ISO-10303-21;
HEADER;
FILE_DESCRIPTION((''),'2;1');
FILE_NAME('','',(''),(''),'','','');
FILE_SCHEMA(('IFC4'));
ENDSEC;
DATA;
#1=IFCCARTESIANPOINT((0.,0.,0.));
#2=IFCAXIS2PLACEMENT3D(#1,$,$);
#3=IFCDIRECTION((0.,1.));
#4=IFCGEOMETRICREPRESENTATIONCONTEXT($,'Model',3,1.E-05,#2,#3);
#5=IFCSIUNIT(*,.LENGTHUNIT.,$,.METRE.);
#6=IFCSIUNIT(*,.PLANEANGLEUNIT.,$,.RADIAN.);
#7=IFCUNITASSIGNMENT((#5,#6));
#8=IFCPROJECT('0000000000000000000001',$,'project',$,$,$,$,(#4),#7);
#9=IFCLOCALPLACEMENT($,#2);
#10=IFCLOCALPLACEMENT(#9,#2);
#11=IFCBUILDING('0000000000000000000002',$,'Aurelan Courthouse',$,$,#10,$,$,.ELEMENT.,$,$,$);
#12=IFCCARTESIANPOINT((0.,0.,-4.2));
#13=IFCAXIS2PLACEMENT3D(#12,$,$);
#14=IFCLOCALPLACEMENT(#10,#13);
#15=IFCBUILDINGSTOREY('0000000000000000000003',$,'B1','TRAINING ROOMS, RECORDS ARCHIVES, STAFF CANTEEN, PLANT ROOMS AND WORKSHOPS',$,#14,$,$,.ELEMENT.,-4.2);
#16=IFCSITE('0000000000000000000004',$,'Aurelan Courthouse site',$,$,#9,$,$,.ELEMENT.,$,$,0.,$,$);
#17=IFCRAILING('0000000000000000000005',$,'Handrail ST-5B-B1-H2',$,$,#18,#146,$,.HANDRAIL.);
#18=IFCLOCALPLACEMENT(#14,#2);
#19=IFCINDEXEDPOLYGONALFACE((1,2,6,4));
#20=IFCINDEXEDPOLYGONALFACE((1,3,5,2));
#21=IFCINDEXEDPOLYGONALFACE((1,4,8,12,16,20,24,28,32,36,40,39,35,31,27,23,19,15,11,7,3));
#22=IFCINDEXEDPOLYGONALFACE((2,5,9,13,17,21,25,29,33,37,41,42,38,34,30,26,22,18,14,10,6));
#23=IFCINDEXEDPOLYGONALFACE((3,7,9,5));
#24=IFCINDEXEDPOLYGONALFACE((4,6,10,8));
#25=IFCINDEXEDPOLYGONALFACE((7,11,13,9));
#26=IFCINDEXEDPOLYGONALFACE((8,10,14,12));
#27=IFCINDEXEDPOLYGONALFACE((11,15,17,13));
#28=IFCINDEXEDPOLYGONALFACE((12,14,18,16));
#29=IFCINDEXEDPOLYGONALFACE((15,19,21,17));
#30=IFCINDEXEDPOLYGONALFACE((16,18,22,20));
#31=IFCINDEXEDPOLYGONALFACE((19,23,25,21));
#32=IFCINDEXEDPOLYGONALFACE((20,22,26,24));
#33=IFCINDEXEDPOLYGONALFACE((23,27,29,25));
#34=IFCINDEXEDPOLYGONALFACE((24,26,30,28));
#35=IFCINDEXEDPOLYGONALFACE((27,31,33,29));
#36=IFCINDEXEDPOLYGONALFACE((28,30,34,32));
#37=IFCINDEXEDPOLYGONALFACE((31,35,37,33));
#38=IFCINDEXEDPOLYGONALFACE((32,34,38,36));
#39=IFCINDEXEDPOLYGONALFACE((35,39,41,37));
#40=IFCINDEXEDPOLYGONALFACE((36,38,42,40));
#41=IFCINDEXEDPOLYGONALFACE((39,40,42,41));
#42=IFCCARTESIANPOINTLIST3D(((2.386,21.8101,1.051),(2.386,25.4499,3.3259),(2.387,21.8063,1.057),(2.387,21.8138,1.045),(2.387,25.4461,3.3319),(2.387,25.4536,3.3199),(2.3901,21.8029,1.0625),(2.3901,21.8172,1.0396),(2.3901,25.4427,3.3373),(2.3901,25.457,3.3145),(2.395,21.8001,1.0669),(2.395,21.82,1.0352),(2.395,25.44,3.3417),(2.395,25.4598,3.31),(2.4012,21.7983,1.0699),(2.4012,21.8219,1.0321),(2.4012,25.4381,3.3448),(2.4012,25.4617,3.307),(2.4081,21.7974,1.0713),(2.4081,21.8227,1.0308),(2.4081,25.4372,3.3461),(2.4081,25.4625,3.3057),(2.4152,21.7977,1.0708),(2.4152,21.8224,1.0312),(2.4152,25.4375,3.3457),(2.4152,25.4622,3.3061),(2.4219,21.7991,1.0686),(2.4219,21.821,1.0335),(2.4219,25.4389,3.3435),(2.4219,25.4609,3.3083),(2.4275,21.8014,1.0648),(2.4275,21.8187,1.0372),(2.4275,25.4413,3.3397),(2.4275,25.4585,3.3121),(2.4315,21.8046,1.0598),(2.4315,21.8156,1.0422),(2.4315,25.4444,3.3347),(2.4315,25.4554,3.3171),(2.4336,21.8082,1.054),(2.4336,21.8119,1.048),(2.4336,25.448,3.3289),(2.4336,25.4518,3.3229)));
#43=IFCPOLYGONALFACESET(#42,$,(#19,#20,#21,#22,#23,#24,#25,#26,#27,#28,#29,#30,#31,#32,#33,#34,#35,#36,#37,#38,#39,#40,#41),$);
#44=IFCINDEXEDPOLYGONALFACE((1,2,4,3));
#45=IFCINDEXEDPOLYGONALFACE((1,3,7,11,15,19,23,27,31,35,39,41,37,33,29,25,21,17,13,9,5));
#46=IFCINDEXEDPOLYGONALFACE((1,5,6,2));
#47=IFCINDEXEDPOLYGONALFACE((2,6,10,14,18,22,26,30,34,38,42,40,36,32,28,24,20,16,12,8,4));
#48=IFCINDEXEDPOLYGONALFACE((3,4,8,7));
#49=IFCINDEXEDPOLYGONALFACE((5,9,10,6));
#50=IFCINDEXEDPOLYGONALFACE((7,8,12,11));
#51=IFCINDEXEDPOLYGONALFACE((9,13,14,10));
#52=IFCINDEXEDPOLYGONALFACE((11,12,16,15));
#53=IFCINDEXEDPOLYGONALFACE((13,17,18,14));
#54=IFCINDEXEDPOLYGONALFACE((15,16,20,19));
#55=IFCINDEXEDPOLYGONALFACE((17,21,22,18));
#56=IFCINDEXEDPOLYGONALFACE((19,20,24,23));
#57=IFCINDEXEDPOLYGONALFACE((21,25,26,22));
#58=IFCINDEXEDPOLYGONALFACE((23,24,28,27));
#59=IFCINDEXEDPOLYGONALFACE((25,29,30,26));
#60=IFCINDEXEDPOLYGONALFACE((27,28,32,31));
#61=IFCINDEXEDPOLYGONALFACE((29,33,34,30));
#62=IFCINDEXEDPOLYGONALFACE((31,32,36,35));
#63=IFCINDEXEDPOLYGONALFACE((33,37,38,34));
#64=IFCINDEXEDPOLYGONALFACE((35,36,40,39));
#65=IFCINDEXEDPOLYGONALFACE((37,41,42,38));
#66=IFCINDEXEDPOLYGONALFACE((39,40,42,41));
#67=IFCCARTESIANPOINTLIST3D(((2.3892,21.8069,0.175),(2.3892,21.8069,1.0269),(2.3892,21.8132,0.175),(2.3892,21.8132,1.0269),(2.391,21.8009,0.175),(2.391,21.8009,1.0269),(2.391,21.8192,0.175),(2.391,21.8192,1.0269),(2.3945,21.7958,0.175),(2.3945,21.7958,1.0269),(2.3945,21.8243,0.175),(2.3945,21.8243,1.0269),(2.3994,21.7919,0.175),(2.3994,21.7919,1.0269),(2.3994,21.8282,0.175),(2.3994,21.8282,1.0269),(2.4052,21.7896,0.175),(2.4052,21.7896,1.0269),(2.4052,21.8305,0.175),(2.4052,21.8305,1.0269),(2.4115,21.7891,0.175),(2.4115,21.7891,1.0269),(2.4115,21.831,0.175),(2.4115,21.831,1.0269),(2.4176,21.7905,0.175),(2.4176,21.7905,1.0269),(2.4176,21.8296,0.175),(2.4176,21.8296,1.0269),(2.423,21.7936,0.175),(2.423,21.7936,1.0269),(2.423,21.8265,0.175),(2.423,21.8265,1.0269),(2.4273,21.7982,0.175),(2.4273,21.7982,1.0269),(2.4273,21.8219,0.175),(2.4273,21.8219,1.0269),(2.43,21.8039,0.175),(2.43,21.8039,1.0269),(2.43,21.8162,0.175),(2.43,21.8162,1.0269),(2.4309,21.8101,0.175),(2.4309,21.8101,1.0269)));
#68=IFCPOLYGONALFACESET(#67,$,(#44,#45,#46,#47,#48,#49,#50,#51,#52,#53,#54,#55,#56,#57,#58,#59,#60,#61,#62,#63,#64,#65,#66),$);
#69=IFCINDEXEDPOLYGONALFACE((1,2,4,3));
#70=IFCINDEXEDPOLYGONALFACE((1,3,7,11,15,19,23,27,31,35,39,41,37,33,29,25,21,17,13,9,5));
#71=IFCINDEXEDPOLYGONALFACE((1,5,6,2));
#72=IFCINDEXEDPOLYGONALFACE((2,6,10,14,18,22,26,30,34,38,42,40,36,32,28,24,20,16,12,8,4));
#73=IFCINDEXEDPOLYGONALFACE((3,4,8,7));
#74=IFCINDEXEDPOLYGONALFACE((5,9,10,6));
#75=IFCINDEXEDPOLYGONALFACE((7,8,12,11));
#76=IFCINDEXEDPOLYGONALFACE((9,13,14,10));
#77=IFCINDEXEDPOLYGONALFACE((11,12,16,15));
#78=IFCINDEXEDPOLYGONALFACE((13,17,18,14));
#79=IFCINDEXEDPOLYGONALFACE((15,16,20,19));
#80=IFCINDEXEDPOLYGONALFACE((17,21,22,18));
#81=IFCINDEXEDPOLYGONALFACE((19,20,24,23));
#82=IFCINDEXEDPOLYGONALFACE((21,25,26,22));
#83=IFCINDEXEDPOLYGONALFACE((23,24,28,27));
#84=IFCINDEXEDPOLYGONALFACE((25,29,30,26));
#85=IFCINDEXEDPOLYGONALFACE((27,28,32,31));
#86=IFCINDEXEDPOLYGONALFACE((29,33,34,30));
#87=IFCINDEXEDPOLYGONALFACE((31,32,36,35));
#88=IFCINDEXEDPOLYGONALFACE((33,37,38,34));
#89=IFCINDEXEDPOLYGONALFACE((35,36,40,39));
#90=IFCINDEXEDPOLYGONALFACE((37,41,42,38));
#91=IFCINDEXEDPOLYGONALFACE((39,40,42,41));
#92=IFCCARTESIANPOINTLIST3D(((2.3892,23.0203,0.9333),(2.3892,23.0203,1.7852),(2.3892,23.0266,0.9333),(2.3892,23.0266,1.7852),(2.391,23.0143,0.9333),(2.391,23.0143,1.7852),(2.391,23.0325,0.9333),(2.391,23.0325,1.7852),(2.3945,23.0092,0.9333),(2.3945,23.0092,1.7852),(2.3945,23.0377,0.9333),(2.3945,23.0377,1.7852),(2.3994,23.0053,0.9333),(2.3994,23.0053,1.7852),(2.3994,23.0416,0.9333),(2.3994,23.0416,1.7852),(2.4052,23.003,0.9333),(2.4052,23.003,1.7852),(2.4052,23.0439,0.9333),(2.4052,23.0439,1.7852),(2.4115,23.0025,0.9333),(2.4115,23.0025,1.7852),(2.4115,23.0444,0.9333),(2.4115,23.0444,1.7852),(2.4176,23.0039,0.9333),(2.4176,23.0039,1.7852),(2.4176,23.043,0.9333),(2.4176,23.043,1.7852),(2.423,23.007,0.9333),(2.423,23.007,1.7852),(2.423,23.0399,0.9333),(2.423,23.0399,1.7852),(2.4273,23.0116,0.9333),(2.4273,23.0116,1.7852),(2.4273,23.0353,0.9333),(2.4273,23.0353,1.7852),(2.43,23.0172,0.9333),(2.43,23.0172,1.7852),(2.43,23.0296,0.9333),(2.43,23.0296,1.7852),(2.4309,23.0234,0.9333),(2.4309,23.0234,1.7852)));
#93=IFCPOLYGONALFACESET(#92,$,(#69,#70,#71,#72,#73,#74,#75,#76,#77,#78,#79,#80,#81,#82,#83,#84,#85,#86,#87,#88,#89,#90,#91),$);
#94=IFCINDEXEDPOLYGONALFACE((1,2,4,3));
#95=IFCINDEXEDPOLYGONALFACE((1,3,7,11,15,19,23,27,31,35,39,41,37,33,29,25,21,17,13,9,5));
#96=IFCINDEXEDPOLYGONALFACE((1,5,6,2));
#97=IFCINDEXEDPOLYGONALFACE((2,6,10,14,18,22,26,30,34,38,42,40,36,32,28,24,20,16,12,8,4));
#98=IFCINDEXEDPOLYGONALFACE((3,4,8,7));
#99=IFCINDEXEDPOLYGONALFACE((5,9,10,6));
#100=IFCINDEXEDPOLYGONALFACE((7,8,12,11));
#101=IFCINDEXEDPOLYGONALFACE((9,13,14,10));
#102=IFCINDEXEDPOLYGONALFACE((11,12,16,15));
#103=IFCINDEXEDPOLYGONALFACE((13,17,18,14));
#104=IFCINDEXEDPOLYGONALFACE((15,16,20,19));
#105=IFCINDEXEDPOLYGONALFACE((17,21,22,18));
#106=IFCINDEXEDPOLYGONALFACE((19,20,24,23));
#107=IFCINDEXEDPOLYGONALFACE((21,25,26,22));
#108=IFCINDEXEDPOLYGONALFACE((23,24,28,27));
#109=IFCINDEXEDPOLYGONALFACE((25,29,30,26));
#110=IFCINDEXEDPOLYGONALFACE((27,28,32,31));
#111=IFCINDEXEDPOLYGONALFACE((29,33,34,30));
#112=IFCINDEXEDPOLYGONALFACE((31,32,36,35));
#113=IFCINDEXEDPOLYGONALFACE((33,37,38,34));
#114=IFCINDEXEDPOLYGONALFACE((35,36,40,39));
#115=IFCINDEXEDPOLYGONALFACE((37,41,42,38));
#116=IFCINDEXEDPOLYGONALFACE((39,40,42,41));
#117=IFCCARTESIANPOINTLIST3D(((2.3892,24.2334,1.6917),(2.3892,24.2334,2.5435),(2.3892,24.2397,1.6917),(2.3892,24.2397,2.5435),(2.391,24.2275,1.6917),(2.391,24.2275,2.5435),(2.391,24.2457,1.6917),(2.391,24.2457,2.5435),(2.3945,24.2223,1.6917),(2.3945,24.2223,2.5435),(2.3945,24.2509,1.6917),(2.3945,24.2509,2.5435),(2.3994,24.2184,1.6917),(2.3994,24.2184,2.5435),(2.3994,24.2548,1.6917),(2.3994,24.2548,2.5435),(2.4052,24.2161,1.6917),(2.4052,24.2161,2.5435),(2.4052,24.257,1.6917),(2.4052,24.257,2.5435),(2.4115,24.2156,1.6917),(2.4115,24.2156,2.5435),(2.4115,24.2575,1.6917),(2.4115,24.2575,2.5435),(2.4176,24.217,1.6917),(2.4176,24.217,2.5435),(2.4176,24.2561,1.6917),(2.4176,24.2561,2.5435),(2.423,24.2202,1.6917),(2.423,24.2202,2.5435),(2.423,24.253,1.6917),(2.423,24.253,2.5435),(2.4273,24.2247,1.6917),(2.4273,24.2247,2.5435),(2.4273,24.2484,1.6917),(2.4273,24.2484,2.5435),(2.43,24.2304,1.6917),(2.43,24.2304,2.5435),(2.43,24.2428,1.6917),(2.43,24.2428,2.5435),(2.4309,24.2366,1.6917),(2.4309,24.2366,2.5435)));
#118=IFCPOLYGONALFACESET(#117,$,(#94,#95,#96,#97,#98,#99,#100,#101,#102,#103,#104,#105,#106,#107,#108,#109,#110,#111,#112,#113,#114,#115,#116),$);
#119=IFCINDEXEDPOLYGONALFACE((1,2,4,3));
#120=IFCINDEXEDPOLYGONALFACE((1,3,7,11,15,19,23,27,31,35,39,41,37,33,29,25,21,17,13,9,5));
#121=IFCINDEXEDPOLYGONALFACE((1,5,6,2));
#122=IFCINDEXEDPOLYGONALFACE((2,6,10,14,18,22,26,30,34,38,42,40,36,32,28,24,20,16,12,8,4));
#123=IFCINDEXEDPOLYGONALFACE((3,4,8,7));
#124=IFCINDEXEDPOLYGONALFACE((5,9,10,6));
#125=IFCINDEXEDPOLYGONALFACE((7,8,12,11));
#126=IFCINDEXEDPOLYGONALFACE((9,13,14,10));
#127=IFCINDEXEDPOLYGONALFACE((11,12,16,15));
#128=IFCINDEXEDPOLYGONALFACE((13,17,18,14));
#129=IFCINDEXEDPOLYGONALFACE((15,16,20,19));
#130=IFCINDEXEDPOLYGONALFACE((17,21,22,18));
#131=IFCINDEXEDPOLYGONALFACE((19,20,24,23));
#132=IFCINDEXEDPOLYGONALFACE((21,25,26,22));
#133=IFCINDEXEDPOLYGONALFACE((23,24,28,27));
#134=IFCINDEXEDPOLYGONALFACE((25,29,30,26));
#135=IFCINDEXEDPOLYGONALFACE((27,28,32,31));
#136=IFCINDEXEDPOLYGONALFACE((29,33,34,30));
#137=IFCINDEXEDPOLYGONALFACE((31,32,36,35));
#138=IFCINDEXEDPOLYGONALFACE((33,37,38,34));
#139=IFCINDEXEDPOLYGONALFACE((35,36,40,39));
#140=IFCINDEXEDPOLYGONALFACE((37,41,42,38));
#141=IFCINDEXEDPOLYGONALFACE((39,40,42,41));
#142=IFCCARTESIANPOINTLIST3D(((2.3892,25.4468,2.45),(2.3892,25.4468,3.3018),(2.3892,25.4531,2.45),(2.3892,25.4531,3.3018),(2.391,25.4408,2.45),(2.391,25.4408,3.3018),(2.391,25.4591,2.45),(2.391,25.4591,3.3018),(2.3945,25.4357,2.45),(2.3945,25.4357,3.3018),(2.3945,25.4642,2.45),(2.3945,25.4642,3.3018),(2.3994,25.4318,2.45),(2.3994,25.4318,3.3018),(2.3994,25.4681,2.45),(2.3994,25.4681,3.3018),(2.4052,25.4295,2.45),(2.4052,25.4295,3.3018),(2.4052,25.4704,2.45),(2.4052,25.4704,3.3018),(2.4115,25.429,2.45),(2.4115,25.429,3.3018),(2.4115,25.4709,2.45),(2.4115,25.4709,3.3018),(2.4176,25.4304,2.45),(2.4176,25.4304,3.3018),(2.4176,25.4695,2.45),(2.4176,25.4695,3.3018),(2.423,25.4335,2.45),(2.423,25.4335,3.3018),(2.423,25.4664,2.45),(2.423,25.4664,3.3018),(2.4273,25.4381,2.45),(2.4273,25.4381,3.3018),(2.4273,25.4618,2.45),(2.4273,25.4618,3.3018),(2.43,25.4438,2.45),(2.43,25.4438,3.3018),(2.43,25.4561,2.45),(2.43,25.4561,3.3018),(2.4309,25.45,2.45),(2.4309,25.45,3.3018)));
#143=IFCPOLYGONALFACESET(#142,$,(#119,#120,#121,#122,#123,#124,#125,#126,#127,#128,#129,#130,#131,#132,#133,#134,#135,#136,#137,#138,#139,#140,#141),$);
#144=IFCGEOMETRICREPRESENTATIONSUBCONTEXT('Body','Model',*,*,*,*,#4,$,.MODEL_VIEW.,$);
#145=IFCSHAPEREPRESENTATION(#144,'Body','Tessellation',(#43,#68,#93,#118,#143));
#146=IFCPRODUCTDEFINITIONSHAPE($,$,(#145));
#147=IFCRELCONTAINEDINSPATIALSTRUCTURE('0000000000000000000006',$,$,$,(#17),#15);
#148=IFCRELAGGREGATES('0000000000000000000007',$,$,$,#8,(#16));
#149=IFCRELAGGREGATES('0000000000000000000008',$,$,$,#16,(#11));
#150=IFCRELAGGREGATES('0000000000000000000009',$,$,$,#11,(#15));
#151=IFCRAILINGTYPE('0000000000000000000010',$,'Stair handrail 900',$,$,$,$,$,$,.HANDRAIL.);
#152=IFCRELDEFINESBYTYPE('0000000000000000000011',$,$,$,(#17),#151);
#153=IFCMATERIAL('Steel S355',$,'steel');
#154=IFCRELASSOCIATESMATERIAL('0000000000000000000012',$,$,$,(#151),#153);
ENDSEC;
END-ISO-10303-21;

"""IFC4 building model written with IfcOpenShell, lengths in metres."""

from ifc_helpers import new_model, si_unit, direction, frame, origin, origin_2d, place, context, subcontext, project, spatial, circle, extrude, material, type_object, element, save


model = new_model("IFC4")

# Units and contexts
model_context = context("Model", 3, precision=1e-05, world=origin(), true_north=direction((0.0, 1.0)))
body_context = subcontext(model_context, "Body", "Model", "MODEL_VIEW")
ifc_project = project(units=[si_unit("LENGTHUNIT", "METRE"), si_unit("PLANEANGLEUNIT", "RADIAN")], contexts=[model_context])

# Site, building, storey
site_placement = place(None, origin())
site = spatial("IfcSite", under=ifc_project, at=site_placement, Name="Aurelan Courthouse site", CompositionType="ELEMENT", RefElevation=0.0)
building_placement = place(site_placement, origin())
building = spatial("IfcBuilding", under=site, at=building_placement, Name="Aurelan Courthouse", CompositionType="ELEMENT")
storey_placement = place(building_placement, frame((0.0, 0.0, -4.2)))
storey = spatial("IfcBuildingStorey", under=building, at=storey_placement, Name="B1", Description="TRAINING ROOMS, RECORDS ARCHIVES, STAFF CANTEEN, PLANT ROOMS AND WORKSHOPS", CompositionType="ELEMENT", Elevation=-4.2)

# Railing
ifc_material_1 = material(Name="Steel S355", Category="steel")
railing_type = type_object("IfcRailingType", Name="Stair handrail 900", PredefinedType="HANDRAIL", material=ifc_material_1)
for number, where, name in (
    (1, (2.4099, 21.8101, 0.175), "Handrail ST-5B-B1-H2"),
):
    element("IfcRailing", number, at=place(storey_placement, frame(where)), inside=storey, type_object=railing_type, Name=name, PredefinedType="HANDRAIL", context=body_context, shape_type="SweptSolid", body=[
        extrude(circle(Radius=0.0239, at=origin_2d()), frame((0.0, 0.0, 0.876), z_axis=(0.0, 0.848001, 0.529994), x_axis=(-1.0, 0.0, 0.0)), (0.0, 0.0, 1.0), 4.2922),
        extrude(circle(Radius=0.021, at=origin_2d()), origin(), (0.0, 0.0, 1.0), 0.8518),
        extrude(circle(Radius=0.021, at=origin_2d()), frame((0.0, 1.2134, 0.7583)), (0.0, 0.0, 1.0), 0.8518),
        extrude(circle(Radius=0.021, at=origin_2d()), frame((0.0, 2.4265, 1.5166)), (0.0, 0.0, 1.0), 0.8518),
        extrude(circle(Radius=0.021, at=origin_2d()), frame((0.0, 3.6399, 2.2749)), (0.0, 0.0, 1.0), 0.8518),
    ])

save(model, "model.ifc")
